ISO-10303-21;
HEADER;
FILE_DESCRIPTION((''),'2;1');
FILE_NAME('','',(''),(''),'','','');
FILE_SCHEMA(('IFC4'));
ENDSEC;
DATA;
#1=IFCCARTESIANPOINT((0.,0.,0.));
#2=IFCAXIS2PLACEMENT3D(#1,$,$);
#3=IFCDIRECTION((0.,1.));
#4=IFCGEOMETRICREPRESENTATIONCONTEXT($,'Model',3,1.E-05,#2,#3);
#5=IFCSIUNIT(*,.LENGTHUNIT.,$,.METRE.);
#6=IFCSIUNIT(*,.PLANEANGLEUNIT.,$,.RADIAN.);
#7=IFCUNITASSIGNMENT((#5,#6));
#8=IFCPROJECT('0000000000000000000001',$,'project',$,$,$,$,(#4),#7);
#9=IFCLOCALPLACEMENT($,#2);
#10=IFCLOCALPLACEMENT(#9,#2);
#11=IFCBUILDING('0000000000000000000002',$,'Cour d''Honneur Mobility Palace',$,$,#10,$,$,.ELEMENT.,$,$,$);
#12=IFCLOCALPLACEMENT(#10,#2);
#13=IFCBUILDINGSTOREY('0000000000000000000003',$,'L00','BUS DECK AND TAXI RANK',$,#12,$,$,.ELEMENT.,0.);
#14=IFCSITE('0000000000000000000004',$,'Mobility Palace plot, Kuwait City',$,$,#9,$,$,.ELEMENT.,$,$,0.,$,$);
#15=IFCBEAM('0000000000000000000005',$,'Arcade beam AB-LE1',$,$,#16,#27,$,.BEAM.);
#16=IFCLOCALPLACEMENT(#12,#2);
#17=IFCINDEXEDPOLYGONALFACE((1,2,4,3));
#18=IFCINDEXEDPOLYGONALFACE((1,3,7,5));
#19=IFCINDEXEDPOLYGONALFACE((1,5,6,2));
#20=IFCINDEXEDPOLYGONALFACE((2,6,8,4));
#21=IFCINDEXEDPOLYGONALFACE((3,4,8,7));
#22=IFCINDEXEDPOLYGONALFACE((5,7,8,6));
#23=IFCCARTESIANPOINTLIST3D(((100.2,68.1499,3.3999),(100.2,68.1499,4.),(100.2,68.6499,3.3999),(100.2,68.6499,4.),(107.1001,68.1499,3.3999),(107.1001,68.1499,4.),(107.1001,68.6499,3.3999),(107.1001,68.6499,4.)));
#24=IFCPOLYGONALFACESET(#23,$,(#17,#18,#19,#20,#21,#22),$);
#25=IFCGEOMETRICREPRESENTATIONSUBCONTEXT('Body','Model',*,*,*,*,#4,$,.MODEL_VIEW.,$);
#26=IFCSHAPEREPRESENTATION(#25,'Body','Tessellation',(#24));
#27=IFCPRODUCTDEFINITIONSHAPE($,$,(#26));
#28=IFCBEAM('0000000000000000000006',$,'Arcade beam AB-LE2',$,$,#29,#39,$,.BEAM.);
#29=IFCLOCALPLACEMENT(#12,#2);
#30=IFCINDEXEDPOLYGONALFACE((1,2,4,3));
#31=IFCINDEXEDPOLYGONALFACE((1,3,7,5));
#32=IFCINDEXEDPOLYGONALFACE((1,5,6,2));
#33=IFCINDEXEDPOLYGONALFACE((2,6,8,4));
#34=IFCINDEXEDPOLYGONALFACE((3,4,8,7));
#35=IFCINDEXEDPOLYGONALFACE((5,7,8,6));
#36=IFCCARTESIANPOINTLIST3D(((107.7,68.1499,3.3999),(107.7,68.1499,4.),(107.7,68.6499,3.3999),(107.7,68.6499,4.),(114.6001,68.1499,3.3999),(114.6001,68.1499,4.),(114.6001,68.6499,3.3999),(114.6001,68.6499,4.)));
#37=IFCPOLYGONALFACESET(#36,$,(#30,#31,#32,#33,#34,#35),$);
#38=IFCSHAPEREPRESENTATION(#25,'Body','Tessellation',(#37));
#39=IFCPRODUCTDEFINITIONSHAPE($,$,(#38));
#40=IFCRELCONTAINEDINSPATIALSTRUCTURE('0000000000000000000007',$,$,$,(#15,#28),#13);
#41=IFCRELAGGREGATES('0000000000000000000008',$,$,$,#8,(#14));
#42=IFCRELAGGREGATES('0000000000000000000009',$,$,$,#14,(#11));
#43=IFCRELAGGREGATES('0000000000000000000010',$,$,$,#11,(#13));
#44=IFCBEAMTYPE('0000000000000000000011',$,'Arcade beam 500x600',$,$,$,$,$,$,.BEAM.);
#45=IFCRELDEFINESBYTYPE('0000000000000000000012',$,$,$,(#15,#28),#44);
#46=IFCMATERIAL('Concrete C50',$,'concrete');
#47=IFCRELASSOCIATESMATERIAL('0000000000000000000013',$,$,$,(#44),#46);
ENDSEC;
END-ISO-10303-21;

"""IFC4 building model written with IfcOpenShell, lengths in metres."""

from ifc_helpers import new_model, si_unit, direction, frame, origin, origin_2d, place, context, subcontext, project, spatial, rectangle, extrude, material, material_profile, profile_set, type_object, element, save


model = new_model("IFC4")

# Units and contexts
model_context = context("Model", 3, precision=1e-05, world=origin(), true_north=direction((0.0, 1.0)))
body_context = subcontext(model_context, "Body", "Model", "MODEL_VIEW")
ifc_project = project(units=[si_unit("LENGTHUNIT", "METRE"), si_unit("PLANEANGLEUNIT", "RADIAN")], contexts=[model_context])

# Site, building, storey
site_placement = place(None, origin())
site = spatial("IfcSite", under=ifc_project, at=site_placement, Name="Mobility Palace plot, Kuwait City", CompositionType="ELEMENT", RefElevation=0.0)
building_placement = place(site_placement, origin())
building = spatial("IfcBuilding", under=site, at=building_placement, Name="Cour d'Honneur Mobility Palace", CompositionType="ELEMENT")
storey_placement = place(building_placement, origin())
storey = spatial("IfcBuildingStorey", under=building, at=storey_placement, Name="L00", Description="BUS DECK AND TAXI RANK", CompositionType="ELEMENT", Elevation=0.0)

# Beams
ifc_material_1 = material(Name="Concrete C50", Category="concrete")
ifc_material_profile_1 = material_profile(ifc_material_1, rectangle(XDim=0.5, YDim=0.6001, at=origin_2d()), Name="Arcade beam 500x600")
ifc_profile_set_1 = profile_set([ifc_material_profile_1], Name="Concrete C50")
beam_type = type_object("IfcBeamType", Name="Arcade beam 500x600", PredefinedType="BEAM", material=ifc_profile_set_1)
for number, where, z_axis, x_axis, name in (
    (1, (100.2, 68.3999, 3.7), (1.0, 0.0, 0.0), (0.0, 1.0, 0.0), "Arcade beam AB-LE1"),
    (2, (107.7, 68.3999, 3.7), (1.0, 0.0, 0.0), (0.0, 1.0, 0.0), "Arcade beam AB-LE2"),
):
    element("IfcBeam", number, at=place(storey_placement, frame(where, z_axis=z_axis, x_axis=x_axis)), inside=storey, type_object=beam_type, Name=name, PredefinedType="BEAM", context=body_context, shape_type="SweptSolid", body=[
        extrude(rectangle(XDim=0.5, YDim=0.6001, at=origin_2d()), origin(), (0.0, 0.0, 1.0), 6.9001),
    ])

save(model, "model.ifc")
